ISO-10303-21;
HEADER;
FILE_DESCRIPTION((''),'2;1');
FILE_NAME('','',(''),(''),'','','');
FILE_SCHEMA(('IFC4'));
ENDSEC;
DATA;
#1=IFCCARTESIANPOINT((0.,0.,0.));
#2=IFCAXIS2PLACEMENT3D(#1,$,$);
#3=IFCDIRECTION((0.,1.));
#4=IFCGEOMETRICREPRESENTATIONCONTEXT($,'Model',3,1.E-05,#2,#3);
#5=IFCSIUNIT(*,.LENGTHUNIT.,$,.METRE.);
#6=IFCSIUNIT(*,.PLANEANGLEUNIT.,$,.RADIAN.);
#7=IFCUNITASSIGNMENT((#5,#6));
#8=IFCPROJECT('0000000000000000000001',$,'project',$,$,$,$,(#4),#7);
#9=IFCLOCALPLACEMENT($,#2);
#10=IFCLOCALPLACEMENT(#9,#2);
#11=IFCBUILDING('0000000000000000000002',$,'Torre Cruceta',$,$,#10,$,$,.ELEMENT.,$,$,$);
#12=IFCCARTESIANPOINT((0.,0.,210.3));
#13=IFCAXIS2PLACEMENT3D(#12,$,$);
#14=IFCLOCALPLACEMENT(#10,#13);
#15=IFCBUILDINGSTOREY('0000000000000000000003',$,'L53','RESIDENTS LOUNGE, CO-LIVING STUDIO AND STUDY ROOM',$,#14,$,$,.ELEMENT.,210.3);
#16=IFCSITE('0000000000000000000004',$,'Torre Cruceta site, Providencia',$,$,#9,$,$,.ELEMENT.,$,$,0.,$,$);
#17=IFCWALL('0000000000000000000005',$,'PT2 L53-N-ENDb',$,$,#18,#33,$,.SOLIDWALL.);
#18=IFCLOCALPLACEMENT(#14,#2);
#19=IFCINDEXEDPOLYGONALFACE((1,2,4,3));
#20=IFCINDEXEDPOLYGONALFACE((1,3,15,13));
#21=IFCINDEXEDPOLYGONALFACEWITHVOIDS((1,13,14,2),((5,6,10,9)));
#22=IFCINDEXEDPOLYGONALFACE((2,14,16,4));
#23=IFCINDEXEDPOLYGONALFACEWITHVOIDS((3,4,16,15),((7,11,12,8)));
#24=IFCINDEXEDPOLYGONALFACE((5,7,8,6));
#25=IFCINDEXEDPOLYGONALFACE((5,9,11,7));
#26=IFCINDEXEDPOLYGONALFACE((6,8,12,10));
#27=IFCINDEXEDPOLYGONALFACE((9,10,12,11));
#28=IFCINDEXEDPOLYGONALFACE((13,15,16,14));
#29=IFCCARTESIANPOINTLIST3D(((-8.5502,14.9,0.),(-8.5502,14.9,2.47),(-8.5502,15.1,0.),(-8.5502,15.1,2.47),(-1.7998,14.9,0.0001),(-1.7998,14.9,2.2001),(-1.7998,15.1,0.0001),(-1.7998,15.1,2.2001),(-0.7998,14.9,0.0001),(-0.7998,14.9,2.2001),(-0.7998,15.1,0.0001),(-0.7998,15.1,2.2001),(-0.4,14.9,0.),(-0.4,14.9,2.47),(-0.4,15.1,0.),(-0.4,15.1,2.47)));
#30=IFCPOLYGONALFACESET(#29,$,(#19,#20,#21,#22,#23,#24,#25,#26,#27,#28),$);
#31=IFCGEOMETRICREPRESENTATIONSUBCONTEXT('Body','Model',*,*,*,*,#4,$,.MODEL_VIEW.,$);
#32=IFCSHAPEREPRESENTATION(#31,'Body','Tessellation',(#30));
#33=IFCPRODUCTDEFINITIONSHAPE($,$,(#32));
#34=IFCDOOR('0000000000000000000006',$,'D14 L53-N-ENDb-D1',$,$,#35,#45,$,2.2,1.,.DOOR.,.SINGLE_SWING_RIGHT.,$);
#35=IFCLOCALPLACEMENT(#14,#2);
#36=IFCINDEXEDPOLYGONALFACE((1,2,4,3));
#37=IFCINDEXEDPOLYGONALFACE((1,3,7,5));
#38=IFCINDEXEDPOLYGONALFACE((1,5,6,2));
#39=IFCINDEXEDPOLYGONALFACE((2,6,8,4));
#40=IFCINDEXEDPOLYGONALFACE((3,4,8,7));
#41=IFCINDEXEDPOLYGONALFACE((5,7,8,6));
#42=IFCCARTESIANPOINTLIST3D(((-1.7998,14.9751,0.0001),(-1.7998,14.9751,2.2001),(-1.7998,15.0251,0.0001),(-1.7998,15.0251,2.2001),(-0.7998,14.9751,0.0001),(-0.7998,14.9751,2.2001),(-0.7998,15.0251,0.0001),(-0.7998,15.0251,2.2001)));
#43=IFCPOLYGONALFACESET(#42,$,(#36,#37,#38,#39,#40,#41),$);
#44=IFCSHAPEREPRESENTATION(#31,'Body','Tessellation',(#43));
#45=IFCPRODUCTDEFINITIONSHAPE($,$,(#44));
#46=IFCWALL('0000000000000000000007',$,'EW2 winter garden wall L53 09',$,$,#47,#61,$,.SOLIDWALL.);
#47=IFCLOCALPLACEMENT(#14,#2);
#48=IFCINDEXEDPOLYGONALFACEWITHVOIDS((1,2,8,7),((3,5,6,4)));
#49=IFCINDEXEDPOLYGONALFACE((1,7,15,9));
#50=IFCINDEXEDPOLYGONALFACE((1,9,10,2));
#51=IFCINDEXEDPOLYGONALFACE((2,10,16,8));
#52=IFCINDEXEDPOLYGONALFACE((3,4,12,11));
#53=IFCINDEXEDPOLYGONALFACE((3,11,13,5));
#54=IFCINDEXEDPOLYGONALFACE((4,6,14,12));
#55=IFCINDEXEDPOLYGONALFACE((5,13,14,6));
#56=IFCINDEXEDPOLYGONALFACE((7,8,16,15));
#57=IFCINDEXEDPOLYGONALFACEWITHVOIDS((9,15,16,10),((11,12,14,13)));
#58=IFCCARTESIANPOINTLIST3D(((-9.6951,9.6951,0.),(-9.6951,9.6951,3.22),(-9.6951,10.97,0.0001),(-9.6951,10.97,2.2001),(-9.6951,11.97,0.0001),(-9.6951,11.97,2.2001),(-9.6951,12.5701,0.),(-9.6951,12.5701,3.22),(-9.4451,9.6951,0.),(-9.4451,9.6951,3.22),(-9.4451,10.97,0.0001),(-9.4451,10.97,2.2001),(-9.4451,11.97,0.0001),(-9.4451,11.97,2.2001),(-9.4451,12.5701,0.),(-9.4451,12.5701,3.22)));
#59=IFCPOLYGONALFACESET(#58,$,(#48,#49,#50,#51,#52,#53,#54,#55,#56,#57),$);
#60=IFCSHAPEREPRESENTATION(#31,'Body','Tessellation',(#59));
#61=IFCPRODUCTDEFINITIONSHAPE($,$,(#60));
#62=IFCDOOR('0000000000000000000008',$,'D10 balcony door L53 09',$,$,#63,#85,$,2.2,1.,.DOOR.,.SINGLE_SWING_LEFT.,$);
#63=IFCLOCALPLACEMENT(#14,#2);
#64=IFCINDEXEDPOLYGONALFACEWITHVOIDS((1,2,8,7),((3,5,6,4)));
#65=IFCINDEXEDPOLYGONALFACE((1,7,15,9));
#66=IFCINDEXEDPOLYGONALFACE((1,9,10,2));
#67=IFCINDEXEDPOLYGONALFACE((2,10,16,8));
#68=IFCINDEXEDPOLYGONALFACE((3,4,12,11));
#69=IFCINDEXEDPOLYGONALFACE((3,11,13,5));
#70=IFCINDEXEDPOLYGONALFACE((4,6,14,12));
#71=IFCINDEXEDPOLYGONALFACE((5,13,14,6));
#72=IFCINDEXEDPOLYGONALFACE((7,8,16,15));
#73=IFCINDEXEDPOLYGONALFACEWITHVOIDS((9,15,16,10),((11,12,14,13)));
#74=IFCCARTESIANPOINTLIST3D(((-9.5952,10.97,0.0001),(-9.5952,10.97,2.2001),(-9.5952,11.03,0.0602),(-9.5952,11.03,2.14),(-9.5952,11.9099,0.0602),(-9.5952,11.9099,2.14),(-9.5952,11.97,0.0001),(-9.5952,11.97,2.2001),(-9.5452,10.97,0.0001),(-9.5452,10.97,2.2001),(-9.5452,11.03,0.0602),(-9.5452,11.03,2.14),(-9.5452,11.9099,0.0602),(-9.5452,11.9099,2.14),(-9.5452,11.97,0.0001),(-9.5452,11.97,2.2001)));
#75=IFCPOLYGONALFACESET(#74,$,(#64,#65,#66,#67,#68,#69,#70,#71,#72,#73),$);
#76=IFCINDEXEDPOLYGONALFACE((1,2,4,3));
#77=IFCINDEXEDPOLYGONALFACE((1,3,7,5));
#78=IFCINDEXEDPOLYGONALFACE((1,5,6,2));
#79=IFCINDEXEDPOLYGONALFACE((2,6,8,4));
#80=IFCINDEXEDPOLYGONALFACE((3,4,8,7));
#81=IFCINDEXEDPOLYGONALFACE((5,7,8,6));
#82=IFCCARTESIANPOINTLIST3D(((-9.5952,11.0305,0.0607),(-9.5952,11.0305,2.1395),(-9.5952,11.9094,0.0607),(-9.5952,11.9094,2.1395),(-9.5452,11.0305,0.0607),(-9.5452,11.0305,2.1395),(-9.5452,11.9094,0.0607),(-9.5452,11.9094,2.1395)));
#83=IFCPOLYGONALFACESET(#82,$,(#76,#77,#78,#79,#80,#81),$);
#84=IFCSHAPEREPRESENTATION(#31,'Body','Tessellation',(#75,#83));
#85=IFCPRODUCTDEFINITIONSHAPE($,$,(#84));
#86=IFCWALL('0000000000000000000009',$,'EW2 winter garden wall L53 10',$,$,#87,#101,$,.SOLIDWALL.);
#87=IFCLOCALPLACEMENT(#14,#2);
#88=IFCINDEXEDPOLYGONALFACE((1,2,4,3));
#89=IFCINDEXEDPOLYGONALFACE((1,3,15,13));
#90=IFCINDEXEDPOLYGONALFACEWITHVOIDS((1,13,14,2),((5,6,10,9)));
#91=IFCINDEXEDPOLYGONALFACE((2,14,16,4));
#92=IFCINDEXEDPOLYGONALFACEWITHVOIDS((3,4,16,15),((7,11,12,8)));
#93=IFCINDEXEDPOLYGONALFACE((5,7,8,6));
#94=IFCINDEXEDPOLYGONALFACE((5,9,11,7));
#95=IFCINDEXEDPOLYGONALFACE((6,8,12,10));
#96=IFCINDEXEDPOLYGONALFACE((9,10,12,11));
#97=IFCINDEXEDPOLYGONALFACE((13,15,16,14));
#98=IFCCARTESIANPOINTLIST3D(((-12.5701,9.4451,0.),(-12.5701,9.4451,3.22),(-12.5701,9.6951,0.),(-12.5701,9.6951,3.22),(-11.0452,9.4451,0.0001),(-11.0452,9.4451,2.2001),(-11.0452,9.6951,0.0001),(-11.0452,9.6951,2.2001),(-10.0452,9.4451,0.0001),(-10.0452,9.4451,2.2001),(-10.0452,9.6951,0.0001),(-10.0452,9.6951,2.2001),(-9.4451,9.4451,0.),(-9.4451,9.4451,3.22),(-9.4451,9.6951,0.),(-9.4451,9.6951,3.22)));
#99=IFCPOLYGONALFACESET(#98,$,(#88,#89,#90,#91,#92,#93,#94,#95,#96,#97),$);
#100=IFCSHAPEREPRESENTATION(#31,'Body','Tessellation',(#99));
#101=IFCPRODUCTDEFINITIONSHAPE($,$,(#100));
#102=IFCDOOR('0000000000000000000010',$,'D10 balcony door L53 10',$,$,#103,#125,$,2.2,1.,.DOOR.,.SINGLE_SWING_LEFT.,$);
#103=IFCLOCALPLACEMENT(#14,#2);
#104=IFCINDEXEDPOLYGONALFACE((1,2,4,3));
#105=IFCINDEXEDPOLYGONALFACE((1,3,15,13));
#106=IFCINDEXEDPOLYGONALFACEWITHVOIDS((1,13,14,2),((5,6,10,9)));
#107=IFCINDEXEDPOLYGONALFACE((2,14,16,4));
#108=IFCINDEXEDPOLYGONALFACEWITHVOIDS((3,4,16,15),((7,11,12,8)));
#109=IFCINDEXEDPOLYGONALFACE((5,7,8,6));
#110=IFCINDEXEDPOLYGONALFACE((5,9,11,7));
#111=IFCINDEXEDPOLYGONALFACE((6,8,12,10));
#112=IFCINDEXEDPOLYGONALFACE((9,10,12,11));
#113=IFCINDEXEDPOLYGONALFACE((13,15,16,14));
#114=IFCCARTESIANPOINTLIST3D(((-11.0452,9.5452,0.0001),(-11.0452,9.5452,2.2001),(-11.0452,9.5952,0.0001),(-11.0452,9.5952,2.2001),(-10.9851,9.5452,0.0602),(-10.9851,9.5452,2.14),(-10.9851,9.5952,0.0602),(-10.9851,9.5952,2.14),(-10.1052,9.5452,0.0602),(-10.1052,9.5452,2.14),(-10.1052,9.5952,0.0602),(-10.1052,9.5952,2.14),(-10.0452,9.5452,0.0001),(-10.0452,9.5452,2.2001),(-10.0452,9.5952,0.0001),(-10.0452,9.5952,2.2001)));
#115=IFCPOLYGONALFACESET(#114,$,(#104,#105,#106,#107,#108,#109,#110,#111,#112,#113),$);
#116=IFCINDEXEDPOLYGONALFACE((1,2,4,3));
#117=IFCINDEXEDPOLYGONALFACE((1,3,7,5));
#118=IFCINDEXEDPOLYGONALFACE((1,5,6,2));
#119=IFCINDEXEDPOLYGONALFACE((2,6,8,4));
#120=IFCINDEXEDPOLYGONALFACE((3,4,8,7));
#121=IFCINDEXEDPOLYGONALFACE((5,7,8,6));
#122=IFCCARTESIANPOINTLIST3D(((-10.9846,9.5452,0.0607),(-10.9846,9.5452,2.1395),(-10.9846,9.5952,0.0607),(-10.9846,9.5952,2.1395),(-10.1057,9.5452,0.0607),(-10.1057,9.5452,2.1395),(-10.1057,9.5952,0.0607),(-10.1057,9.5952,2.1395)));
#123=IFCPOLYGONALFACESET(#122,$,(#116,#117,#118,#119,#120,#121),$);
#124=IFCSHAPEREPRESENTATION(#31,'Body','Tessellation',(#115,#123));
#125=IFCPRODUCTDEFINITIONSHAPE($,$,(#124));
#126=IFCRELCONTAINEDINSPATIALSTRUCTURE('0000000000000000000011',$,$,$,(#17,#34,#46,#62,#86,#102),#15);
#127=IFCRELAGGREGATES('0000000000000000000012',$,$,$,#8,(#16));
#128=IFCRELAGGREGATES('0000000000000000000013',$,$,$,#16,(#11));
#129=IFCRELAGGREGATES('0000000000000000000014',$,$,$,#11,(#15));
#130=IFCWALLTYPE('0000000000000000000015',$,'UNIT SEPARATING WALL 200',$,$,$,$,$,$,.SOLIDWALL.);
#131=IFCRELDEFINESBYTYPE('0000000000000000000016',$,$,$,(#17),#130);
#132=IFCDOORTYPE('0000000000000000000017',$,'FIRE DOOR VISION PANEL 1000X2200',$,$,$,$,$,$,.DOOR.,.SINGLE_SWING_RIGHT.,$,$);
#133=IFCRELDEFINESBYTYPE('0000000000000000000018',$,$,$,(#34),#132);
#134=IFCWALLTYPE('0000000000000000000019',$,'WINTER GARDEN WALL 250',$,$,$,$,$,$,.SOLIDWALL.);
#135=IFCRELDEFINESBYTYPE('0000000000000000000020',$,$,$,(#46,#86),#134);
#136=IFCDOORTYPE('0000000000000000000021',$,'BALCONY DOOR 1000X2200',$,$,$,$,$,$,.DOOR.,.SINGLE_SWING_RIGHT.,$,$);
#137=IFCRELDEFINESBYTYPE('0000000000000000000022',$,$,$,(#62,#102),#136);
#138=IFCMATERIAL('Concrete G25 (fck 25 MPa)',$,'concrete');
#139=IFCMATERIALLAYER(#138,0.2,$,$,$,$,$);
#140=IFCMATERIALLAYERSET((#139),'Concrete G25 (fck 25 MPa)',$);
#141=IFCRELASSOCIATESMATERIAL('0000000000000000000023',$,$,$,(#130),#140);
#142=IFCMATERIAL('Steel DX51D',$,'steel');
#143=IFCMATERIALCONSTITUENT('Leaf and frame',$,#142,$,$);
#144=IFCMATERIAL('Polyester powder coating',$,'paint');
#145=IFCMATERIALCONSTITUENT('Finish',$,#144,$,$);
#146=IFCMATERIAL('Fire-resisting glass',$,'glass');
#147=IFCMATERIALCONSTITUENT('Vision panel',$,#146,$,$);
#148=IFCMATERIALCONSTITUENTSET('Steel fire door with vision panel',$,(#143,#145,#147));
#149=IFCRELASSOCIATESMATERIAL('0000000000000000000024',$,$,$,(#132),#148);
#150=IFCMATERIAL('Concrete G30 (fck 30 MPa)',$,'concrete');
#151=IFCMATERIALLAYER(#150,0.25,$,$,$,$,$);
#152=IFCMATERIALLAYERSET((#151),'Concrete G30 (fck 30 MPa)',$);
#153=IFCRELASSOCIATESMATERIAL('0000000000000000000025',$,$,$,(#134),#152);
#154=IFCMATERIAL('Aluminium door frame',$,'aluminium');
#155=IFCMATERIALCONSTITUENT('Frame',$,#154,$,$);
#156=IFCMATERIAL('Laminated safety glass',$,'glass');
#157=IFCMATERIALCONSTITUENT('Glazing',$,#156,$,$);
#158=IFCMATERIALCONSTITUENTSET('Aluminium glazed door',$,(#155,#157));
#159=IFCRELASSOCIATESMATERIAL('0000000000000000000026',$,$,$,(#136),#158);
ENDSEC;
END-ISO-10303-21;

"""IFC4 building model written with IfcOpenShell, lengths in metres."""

from ifc_helpers import new_model, si_unit, direction, frame, frame_2d, origin, place, context, subcontext, project, spatial, rectangle, hollow_rectangle, extrude, material, layer, layer_set, constituent, constituent_set, type_object, element, fill, save


model = new_model("IFC4")

# Units and contexts
model_context = context("Model", 3, precision=1e-05, world=origin(), true_north=direction((0.0, 1.0)))
body_context = subcontext(model_context, "Body", "Model", "MODEL_VIEW")
ifc_project = project(units=[si_unit("LENGTHUNIT", "METRE"), si_unit("PLANEANGLEUNIT", "RADIAN")], contexts=[model_context])

# Site, building, storey
site_placement = place(None, origin())
site = spatial("IfcSite", under=ifc_project, at=site_placement, Name="Torre Cruceta site, Providencia", CompositionType="ELEMENT", RefElevation=0.0)
building_placement = place(site_placement, origin())
building = spatial("IfcBuilding", under=site, at=building_placement, Name="Torre Cruceta", CompositionType="ELEMENT")
storey_placement = place(building_placement, frame((0.0, 0.0, 210.3)))
storey = spatial("IfcBuildingStorey", under=building, at=storey_placement, Name="L53", Description="RESIDENTS LOUNGE, CO-LIVING STUDIO AND STUDY ROOM", CompositionType="ELEMENT", Elevation=210.3)

# Walls, openings, doors
ifc_material_1 = material(Name="Concrete G25 (fck 25 MPa)", Category="concrete")
ifc_layer_1 = layer(ifc_material_1, 0.2)
ifc_layer_set_1 = layer_set([ifc_layer_1], Name="Concrete G25 (fck 25 MPa)")
wall_type_1 = type_object("IfcWallType", Name="UNIT SEPARATING WALL 200", PredefinedType="SOLIDWALL", material=ifc_layer_set_1)
wall_1_placement = place(storey_placement, frame((-0.3999, 15.0, 0.0), z_axis=(0.0, 0.0, 1.0), x_axis=(-1.0, 0.0, 0.0)))
wall_1 = element("IfcWall", 1, at=wall_1_placement, inside=storey, type_object=wall_type_1, Name="PT2 L53-N-ENDb", PredefinedType="SOLIDWALL", context=body_context, shape_type="SweptSolid", body=[
    extrude(rectangle(XDim=8.1501, YDim=0.2, at=frame_2d((4.0752, 0.0))), origin(), (0.0, 0.0, 1.0), 2.47),
])
opening_1_placement = place(wall_1_placement, frame((0.3999, 0.0, 0.0)))
opening_1 = element("IfcOpeningElement", 2, at=opening_1_placement, cuts=wall_1, PredefinedType="OPENING", context=body_context, shape_type="SweptSolid", body=[
    extrude(rectangle(XDim=1.0, YDim=2.2, at=frame_2d((0.5, 1.1001))), frame((0.0, 0.1099, 0.0), z_axis=(0.0, -1.0, 0.0), x_axis=(1.0, 0.0, 0.0)), (0.0, 0.0, 1.0), 0.22),
])
ifc_material_2 = material(Name="Steel DX51D", Category="steel")
ifc_constituent_1 = constituent(ifc_material_2, Name="Leaf and frame")
ifc_material_3 = material(Name="Polyester powder coating", Category="paint")
ifc_constituent_2 = constituent(ifc_material_3, Name="Finish")
ifc_material_4 = material(Name="Fire-resisting glass", Category="glass")
ifc_constituent_3 = constituent(ifc_material_4, Name="Vision panel")
ifc_constituent_set_1 = constituent_set(constituents=[ifc_constituent_1, ifc_constituent_2, ifc_constituent_3], Name="Steel fire door with vision panel")
door_type_1 = type_object("IfcDoorType", Name="FIRE DOOR VISION PANEL 1000X2200", OperationType="SINGLE_SWING_RIGHT", PredefinedType="DOOR", material=ifc_constituent_set_1)
door_1_placement = place(opening_1_placement, frame((1.0, 0.0, 0.0), z_axis=(0.0, 0.0, 1.0), x_axis=(-1.0, 0.0, 0.0)))
door_1 = element("IfcDoor", 3, at=door_1_placement, inside=storey, type_object=door_type_1, Name="D14 L53-N-ENDb-D1", OperationType="SINGLE_SWING_RIGHT", OverallHeight=2.2, OverallWidth=1.0, PredefinedType="DOOR", context=body_context, shape_type="SweptSolid", body=[
    extrude(rectangle(XDim=1.0, YDim=2.2, at=frame_2d((0.5, 1.1001))), frame((0.0, 0.0251, 0.0), z_axis=(0.0, -1.0, 0.0), x_axis=(1.0, 0.0, 0.0)), (0.0, 0.0, 1.0), 0.05),
])
fill(opening_1, door_1)
ifc_material_5 = material(Name="Concrete G30 (fck 30 MPa)", Category="concrete")
ifc_layer_2 = layer(ifc_material_5, 0.25)
ifc_layer_set_2 = layer_set([ifc_layer_2], Name="Concrete G30 (fck 30 MPa)")
wall_type_2 = type_object("IfcWallType", Name="WINTER GARDEN WALL 250", PredefinedType="SOLIDWALL", material=ifc_layer_set_2)
wall_2_placement = place(storey_placement, frame((-9.5701, 12.5701, 0.0), z_axis=(0.0, 0.0, 1.0), x_axis=(0.0, -1.0, 0.0)))
wall_2 = element("IfcWall", 4, at=wall_2_placement, inside=storey, type_object=wall_type_2, Name="EW2 winter garden wall L53 09", PredefinedType="SOLIDWALL", context=body_context, shape_type="SweptSolid", body=[
    extrude(rectangle(XDim=2.875, YDim=0.25, at=frame_2d((1.4375, 0.0))), origin(), (0.0, 0.0, 1.0), 3.22),
])
opening_2_placement = place(wall_2_placement, frame((0.6001, 0.0, 0.0)))
opening_2 = element("IfcOpeningElement", 5, at=opening_2_placement, cuts=wall_2, PredefinedType="OPENING", context=body_context, shape_type="SweptSolid", body=[
    extrude(rectangle(XDim=1.0, YDim=2.2, at=frame_2d((0.5, 1.1001))), frame((0.0, 0.135, 0.0), z_axis=(0.0, -1.0, 0.0), x_axis=(1.0, 0.0, 0.0)), (0.0, 0.0, 1.0), 0.27),
])
ifc_material_6 = material(Name="Aluminium door frame", Category="aluminium")
ifc_constituent_4 = constituent(ifc_material_6, Name="Frame")
ifc_material_7 = material(Name="Laminated safety glass", Category="glass")
ifc_constituent_5 = constituent(ifc_material_7, Name="Glazing")
ifc_constituent_set_2 = constituent_set(constituents=[ifc_constituent_4, ifc_constituent_5], Name="Aluminium glazed door")
door_type_2 = type_object("IfcDoorType", Name="BALCONY DOOR 1000X2200", OperationType="SINGLE_SWING_RIGHT", PredefinedType="DOOR", material=ifc_constituent_set_2)
door_2_placement = place(opening_2_placement, origin())
door_2 = element("IfcDoor", 6, at=door_2_placement, inside=storey, type_object=door_type_2, Name="D10 balcony door L53 09", OperationType="SINGLE_SWING_LEFT", OverallHeight=2.2, OverallWidth=1.0, PredefinedType="DOOR", context=body_context, shape_type="SweptSolid", body=[
    extrude(hollow_rectangle(XDim=1.0, YDim=2.2, WallThickness=0.0601, at=frame_2d((0.5, 1.1001))), frame((0.0, 0.0249, 0.0), z_axis=(0.0, -1.0, 0.0), x_axis=(1.0, 0.0, 0.0)), (0.0, 0.0, 1.0), 0.05),
    extrude(rectangle(XDim=0.8789, YDim=2.0789, at=frame_2d((0.5, 1.1001))), frame((0.0, 0.0249, 0.0), z_axis=(0.0, -1.0, 0.0), x_axis=(1.0, 0.0, 0.0)), (0.0, 0.0, 1.0), 0.05),
])
fill(opening_2, door_2)
wall_3_placement = place(storey_placement, frame((-9.4451, 9.5701, 0.0), z_axis=(0.0, 0.0, 1.0), x_axis=(-1.0, 0.0, 0.0)))
wall_3 = element("IfcWall", 7, at=wall_3_placement, inside=storey, type_object=wall_type_2, Name="EW2 winter garden wall L53 10", PredefinedType="SOLIDWALL", context=body_context, shape_type="SweptSolid", body=[
    extrude(rectangle(XDim=3.125, YDim=0.25, at=frame_2d((1.5625, 0.0))), origin(), (0.0, 0.0, 1.0), 3.22),
])
opening_3_placement = place(wall_3_placement, frame((0.6001, 0.0, 0.0)))
opening_3 = element("IfcOpeningElement", 8, at=opening_3_placement, cuts=wall_3, PredefinedType="OPENING", context=body_context, shape_type="SweptSolid", body=[
    extrude(rectangle(XDim=1.0, YDim=2.2, at=frame_2d((0.5, 1.1001))), frame((0.0, 0.135, 0.0), z_axis=(0.0, -1.0, 0.0), x_axis=(1.0, 0.0, 0.0)), (0.0, 0.0, 1.0), 0.27),
])
door_3_placement = place(opening_3_placement, origin())
door_3 = element("IfcDoor", 9, at=door_3_placement, inside=storey, type_object=door_type_2, Name="D10 balcony door L53 10", OperationType="SINGLE_SWING_LEFT", OverallHeight=2.2, OverallWidth=1.0, PredefinedType="DOOR", context=body_context, shape_type="SweptSolid", body=[
    extrude(hollow_rectangle(XDim=1.0, YDim=2.2, WallThickness=0.0601, at=frame_2d((0.5, 1.1001))), frame((0.0, 0.0249, 0.0), z_axis=(0.0, -1.0, 0.0), x_axis=(1.0, 0.0, 0.0)), (0.0, 0.0, 1.0), 0.05),
    extrude(rectangle(XDim=0.8789, YDim=2.0789, at=frame_2d((0.5, 1.1001))), frame((0.0, 0.0249, 0.0), z_axis=(0.0, -1.0, 0.0), x_axis=(1.0, 0.0, 0.0)), (0.0, 0.0, 1.0), 0.05),
])
fill(opening_3, door_3)

save(model, "model.ifc")
